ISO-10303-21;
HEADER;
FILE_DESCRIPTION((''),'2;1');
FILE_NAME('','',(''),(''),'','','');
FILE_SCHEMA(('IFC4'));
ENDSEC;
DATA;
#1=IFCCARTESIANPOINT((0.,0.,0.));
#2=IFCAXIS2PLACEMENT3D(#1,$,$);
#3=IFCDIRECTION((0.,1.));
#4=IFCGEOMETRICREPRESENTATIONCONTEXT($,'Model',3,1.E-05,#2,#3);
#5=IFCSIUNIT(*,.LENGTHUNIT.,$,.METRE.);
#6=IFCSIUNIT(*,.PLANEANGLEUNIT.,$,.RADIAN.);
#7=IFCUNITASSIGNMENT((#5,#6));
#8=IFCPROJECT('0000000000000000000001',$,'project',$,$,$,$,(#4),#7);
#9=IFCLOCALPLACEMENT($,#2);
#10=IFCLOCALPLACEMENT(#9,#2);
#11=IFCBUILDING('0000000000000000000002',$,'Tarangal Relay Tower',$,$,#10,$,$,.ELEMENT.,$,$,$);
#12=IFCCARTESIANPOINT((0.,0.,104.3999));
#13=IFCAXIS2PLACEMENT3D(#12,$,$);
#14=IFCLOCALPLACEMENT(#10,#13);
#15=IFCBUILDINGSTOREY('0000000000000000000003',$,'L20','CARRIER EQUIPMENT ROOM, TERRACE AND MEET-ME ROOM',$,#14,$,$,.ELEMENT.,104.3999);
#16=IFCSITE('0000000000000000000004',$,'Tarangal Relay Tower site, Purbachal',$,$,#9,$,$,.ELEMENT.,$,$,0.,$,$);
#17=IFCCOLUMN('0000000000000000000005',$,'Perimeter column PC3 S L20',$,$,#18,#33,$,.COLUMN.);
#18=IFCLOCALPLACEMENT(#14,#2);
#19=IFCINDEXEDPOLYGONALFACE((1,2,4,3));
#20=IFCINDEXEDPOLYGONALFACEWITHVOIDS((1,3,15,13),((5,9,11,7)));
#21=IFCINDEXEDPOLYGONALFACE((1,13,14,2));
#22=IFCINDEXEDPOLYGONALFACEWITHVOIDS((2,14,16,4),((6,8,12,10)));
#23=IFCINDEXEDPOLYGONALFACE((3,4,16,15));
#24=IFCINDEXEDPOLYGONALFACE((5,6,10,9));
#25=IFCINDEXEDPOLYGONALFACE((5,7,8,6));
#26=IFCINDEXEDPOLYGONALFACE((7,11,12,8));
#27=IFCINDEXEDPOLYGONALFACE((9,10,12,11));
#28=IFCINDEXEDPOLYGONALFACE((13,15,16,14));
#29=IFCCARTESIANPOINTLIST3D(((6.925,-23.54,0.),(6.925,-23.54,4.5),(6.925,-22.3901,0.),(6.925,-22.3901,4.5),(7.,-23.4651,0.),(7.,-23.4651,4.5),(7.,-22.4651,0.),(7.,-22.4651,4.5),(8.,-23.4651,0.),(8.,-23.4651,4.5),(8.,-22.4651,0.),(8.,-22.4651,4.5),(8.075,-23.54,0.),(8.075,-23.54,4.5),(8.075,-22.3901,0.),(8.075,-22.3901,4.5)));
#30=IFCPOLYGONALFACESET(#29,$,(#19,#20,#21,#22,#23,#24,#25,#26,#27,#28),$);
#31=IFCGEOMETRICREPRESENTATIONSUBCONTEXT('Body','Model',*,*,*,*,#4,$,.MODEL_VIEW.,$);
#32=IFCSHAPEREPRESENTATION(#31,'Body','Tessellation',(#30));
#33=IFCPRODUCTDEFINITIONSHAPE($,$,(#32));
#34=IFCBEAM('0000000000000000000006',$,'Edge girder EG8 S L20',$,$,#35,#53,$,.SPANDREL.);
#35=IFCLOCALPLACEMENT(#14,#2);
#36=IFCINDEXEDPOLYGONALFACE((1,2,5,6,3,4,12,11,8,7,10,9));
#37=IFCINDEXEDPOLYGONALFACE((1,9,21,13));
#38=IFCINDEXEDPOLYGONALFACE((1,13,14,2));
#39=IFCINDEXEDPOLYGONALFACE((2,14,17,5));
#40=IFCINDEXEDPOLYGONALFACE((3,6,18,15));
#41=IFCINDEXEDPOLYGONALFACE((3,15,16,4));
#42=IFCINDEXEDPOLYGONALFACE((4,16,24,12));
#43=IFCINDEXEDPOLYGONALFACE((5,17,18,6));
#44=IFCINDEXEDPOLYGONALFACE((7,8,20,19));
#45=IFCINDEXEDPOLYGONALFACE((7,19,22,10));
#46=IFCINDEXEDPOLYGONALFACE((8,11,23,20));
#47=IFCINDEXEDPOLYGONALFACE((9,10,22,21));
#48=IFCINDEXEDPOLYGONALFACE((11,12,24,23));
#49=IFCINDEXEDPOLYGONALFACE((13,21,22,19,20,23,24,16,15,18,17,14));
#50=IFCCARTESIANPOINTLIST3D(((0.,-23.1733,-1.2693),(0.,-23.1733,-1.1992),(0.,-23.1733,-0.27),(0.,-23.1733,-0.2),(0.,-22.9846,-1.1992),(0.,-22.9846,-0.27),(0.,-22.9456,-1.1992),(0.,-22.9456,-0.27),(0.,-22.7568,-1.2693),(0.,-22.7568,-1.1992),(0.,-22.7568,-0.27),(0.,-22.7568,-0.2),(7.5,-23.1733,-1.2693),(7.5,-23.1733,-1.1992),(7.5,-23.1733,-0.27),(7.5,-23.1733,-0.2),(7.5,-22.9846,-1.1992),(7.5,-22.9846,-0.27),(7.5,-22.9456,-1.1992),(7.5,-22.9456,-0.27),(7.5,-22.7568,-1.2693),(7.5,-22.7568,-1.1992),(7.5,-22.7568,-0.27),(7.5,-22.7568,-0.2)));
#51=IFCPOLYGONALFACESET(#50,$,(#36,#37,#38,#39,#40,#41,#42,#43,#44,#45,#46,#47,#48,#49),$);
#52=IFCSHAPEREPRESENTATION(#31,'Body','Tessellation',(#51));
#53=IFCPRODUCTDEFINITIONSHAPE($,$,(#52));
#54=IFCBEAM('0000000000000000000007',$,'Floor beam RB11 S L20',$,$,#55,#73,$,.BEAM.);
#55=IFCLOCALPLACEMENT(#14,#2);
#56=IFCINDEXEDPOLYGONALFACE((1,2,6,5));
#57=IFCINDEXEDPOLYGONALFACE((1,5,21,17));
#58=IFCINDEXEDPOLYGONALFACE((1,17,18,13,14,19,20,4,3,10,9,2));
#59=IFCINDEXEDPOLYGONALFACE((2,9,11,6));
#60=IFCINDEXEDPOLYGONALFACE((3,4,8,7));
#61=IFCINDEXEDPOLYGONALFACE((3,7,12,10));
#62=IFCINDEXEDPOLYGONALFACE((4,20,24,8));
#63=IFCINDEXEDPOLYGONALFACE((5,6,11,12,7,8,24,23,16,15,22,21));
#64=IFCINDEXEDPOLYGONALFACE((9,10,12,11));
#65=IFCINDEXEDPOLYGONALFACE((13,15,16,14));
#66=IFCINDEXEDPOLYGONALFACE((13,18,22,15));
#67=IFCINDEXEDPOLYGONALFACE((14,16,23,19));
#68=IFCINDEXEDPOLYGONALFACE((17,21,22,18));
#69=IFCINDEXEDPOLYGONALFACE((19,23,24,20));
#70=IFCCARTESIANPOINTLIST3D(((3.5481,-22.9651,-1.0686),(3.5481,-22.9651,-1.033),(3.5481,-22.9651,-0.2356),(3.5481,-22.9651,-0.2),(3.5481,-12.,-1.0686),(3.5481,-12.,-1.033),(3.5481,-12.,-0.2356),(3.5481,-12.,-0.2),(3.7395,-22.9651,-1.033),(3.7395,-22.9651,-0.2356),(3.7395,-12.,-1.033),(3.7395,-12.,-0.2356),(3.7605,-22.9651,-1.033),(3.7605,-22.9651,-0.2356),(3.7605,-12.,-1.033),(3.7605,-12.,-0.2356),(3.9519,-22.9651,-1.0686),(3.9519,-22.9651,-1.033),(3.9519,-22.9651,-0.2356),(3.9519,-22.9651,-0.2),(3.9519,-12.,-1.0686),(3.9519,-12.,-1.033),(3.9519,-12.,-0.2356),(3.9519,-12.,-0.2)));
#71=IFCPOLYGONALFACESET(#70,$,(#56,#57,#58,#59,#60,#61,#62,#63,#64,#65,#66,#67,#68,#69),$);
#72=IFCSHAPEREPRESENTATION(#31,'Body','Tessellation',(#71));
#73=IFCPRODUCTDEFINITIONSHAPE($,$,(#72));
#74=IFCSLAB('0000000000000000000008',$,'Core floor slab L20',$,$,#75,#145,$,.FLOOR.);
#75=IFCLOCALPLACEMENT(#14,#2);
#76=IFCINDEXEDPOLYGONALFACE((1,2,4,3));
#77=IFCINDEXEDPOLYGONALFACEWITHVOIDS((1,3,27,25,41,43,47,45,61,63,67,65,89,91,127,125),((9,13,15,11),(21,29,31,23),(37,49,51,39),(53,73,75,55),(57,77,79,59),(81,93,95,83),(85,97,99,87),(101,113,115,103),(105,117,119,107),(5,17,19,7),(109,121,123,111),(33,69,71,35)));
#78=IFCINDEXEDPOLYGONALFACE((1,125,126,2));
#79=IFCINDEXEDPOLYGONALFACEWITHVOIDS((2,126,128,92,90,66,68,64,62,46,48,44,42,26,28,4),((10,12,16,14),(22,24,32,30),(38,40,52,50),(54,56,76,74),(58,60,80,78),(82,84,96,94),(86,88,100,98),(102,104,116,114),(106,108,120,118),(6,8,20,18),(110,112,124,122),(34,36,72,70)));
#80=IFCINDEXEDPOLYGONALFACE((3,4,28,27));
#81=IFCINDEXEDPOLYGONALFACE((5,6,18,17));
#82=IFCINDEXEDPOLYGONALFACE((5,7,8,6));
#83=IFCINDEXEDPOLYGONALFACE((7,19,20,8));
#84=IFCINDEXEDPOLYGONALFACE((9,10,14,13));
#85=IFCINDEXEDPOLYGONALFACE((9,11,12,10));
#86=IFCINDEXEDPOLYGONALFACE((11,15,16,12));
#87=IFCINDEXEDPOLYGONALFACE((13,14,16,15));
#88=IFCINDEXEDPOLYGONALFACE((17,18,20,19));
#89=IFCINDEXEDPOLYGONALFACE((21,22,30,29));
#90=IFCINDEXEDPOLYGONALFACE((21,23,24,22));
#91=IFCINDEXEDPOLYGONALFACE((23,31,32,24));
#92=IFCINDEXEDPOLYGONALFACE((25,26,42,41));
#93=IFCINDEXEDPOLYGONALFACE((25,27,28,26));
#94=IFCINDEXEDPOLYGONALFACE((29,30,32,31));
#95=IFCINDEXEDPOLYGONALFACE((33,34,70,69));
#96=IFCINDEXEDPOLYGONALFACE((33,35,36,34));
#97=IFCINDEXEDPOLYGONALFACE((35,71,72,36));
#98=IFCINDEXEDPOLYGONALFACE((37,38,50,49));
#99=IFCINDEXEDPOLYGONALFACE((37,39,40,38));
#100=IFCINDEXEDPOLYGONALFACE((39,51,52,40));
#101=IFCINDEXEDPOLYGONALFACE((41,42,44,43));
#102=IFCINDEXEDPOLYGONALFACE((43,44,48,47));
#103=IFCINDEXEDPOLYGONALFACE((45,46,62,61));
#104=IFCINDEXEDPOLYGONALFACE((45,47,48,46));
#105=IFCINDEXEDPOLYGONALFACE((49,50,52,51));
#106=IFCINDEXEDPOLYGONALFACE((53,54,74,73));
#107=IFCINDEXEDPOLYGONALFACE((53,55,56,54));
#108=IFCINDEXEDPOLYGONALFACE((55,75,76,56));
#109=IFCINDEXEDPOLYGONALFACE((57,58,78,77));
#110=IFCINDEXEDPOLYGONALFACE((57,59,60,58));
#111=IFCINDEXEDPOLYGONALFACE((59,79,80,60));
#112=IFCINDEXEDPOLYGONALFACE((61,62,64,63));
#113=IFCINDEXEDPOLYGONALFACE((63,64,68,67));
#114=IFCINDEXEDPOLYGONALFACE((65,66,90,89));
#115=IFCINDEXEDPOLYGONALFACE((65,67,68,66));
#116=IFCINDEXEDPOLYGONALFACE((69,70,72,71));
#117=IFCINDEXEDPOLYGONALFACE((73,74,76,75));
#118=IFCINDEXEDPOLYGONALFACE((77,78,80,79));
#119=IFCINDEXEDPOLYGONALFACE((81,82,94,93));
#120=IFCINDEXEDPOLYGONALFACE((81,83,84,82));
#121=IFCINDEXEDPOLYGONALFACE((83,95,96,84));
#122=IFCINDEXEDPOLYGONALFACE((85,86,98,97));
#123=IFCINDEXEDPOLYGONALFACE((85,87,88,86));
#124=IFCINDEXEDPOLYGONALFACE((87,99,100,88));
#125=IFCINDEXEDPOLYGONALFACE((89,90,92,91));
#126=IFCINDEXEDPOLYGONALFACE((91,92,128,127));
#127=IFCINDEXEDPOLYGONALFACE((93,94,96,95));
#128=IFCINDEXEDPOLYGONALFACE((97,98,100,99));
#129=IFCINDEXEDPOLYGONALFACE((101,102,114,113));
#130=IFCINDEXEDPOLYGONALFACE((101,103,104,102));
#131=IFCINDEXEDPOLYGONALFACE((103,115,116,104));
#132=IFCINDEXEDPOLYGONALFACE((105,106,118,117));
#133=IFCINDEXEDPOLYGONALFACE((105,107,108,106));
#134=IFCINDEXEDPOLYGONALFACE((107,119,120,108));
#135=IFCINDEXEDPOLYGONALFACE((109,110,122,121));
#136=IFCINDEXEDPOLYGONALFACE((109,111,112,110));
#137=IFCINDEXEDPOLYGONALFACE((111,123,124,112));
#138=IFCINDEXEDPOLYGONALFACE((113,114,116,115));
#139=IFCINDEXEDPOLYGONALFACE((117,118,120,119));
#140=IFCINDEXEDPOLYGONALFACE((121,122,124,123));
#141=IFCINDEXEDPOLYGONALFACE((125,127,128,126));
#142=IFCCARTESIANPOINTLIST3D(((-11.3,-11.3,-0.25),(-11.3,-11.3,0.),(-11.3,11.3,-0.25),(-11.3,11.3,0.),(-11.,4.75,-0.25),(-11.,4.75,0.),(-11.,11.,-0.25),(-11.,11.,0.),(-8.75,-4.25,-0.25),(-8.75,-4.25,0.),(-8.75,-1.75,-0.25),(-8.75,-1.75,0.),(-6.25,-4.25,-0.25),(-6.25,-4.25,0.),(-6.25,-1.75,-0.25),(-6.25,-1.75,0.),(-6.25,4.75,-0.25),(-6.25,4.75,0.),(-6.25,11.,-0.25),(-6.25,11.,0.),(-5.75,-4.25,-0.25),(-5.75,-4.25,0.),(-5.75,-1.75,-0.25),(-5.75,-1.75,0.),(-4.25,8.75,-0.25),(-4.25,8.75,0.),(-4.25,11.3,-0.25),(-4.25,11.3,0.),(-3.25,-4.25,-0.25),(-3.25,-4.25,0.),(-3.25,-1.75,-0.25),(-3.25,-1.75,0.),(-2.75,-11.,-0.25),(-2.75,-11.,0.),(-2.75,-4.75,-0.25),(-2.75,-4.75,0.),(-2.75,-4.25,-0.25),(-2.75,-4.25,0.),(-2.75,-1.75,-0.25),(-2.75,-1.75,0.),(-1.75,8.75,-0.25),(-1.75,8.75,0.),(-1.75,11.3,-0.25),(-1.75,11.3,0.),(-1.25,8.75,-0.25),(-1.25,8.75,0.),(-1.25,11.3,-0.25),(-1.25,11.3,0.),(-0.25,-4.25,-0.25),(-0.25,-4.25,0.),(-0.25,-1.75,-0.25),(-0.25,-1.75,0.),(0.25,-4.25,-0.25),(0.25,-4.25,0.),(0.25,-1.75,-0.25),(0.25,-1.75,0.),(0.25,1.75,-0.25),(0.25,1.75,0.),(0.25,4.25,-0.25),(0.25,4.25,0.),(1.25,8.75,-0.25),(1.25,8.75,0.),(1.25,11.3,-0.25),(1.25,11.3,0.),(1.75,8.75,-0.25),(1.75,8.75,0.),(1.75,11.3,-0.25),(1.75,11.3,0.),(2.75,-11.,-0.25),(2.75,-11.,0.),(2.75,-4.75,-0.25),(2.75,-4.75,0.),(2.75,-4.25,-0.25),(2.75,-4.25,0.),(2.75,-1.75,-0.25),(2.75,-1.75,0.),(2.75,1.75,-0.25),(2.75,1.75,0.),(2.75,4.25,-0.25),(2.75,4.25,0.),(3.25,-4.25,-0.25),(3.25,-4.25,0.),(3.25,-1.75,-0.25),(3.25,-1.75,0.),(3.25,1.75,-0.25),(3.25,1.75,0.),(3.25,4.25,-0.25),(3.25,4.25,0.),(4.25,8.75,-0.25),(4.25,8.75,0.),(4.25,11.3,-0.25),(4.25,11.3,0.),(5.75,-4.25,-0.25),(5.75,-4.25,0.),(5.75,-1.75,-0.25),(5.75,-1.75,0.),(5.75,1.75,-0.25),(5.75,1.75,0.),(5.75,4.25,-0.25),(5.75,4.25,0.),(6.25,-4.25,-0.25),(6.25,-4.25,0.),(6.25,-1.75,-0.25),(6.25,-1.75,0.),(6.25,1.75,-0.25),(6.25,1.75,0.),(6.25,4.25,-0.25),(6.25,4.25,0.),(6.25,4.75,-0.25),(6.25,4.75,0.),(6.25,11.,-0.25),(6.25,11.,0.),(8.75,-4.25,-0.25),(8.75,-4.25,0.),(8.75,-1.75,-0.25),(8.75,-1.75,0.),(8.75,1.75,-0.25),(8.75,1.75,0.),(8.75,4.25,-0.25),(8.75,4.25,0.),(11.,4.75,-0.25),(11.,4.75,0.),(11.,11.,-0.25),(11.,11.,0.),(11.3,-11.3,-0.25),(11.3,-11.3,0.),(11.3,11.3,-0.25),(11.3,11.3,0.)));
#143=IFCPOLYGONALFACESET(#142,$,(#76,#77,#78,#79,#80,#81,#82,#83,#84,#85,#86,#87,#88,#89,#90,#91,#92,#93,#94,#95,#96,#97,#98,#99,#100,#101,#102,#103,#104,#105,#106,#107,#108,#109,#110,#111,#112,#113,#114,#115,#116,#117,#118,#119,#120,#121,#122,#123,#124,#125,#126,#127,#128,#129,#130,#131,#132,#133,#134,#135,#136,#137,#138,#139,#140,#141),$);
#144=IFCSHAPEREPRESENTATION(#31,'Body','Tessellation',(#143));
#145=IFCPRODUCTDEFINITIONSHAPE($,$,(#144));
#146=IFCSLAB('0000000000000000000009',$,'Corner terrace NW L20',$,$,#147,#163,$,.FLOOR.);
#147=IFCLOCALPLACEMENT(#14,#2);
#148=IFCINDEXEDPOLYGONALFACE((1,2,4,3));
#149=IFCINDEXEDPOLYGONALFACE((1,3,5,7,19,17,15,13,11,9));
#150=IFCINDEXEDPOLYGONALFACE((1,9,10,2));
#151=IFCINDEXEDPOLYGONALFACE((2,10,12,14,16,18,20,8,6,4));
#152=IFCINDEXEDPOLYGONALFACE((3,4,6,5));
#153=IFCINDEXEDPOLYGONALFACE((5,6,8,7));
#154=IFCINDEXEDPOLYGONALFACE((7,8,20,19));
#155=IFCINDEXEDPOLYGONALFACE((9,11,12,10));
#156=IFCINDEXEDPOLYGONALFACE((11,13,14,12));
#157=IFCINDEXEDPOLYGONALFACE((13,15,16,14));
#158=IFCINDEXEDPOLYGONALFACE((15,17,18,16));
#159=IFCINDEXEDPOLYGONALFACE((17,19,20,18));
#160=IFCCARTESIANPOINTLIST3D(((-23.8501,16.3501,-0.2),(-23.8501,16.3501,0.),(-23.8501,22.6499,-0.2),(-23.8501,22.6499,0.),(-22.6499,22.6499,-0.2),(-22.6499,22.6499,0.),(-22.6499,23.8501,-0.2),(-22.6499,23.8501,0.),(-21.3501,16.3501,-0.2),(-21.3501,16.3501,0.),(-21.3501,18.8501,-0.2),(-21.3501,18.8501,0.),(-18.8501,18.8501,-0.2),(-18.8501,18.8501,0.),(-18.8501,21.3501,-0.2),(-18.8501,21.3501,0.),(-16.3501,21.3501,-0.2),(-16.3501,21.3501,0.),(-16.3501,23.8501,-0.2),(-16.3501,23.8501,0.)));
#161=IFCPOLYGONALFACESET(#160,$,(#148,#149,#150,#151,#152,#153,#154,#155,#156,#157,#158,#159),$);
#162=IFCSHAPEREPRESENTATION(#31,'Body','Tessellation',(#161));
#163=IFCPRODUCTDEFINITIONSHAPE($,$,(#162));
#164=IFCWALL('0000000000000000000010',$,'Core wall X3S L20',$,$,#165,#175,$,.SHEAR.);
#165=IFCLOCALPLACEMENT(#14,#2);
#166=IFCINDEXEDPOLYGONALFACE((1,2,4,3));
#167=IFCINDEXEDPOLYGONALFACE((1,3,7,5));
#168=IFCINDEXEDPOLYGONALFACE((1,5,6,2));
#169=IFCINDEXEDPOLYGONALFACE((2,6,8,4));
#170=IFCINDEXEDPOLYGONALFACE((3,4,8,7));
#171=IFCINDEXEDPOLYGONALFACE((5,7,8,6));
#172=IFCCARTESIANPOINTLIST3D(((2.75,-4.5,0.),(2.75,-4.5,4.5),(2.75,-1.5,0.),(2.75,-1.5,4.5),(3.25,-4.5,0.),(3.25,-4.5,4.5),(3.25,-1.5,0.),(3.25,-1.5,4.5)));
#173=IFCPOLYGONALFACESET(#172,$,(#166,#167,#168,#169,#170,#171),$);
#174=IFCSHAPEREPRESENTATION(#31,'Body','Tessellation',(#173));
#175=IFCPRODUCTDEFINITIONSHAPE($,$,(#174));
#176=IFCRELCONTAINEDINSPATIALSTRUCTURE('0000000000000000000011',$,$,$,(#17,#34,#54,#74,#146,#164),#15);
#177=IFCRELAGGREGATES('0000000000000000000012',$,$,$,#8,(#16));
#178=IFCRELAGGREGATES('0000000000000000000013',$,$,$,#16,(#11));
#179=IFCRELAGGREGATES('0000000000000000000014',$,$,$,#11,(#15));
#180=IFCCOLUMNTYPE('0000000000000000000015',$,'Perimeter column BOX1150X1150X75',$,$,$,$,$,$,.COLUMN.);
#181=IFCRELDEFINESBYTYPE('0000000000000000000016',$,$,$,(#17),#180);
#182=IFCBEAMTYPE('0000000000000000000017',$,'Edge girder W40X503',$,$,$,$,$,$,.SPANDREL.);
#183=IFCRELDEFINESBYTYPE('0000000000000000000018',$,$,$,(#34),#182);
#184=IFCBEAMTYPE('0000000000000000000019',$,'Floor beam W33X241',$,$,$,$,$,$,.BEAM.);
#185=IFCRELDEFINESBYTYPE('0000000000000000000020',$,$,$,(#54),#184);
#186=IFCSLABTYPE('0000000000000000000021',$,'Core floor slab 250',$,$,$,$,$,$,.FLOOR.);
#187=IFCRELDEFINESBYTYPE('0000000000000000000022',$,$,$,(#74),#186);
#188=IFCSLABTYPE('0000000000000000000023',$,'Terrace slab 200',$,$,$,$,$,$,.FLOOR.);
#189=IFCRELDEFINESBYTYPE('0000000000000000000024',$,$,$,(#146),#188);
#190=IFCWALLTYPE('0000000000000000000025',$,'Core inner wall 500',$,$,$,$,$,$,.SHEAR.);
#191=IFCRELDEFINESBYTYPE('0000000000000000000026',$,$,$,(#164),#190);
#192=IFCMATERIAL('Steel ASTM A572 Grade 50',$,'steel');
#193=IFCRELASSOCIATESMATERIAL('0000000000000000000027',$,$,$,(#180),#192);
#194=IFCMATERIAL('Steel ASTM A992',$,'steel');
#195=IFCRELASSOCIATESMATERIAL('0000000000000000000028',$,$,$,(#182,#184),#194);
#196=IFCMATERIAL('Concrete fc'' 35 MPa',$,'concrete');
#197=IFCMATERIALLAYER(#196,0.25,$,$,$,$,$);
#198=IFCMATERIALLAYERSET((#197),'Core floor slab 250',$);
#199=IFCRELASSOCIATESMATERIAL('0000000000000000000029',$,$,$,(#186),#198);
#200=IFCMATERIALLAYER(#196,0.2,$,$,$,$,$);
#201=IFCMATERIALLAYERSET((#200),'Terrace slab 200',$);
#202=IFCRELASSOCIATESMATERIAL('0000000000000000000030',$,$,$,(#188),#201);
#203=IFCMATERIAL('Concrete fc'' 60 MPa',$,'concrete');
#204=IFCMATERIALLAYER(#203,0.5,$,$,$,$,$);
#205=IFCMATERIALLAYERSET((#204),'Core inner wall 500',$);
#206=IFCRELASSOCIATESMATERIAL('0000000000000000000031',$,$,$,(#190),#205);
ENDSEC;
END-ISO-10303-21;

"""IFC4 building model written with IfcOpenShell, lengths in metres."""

from ifc_helpers import new_model, si_unit, direction, frame, frame_2d, origin, origin_2d, place, context, subcontext, project, spatial, polyline, rectangle, hollow_rectangle, i_section, outline, extrude, material, layer, layer_set, material_profile, profile_set, type_object, element, save


model = new_model("IFC4")

# Units and contexts
model_context = context("Model", 3, precision=1e-05, world=origin(), true_north=direction((0.0, 1.0)))
body_context = subcontext(model_context, "Body", "Model", "MODEL_VIEW")
ifc_project = project(units=[si_unit("LENGTHUNIT", "METRE"), si_unit("PLANEANGLEUNIT", "RADIAN")], contexts=[model_context])

# Site, building, storey
site_placement = place(None, origin())
site = spatial("IfcSite", under=ifc_project, at=site_placement, Name="Tarangal Relay Tower site, Purbachal", CompositionType="ELEMENT", RefElevation=0.0)
building_placement = place(site_placement, origin())
building = spatial("IfcBuilding", under=site, at=building_placement, Name="Tarangal Relay Tower", CompositionType="ELEMENT")
storey_placement = place(building_placement, frame((0.0, 0.0, 104.3999)))
storey = spatial("IfcBuildingStorey", under=building, at=storey_placement, Name="L20", Description="CARRIER EQUIPMENT ROOM, TERRACE AND MEET-ME ROOM", CompositionType="ELEMENT", Elevation=104.3999)

# Column
ifc_material_1 = material(Name="Steel ASTM A572 Grade 50", Category="steel")
ifc_material_profile_1 = material_profile(ifc_material_1, hollow_rectangle(XDim=1.1499, YDim=1.1499, WallThickness=0.075, at=origin_2d()), Name="BOX1150X1150X75")
ifc_profile_set_1 = profile_set([ifc_material_profile_1], Name="Steel ASTM A572 Grade 50")
column_type = type_object("IfcColumnType", Name="Perimeter column BOX1150X1150X75", PredefinedType="COLUMN", material=ifc_profile_set_1)
column_placement = place(storey_placement, frame((7.5, -22.9651, 0.0), z_axis=(0.0, 0.0, 1.0), x_axis=(1.0, 0.0, 0.0)))
element("IfcColumn", 1, at=column_placement, inside=storey, type_object=column_type, Name="Perimeter column PC3 S L20", PredefinedType="COLUMN", context=body_context, shape_type="SweptSolid", body=[
    extrude(hollow_rectangle(XDim=1.1499, YDim=1.1499, WallThickness=0.075, at=origin_2d()), origin(), (0.0, 0.0, 1.0), 4.5),
])

# Beams
ifc_material_2 = material(Name="Steel ASTM A992", Category="steel")
ifc_material_profile_2 = material_profile(ifc_material_2, i_section(OverallWidth=0.4165, OverallDepth=1.0693, WebThickness=0.0391, FlangeThickness=0.0701, at=origin_2d()), Name="W40X503")
ifc_profile_set_2 = profile_set([ifc_material_profile_2], Name="Steel ASTM A992")
beam_type_1 = type_object("IfcBeamType", Name="Edge girder W40X503", PredefinedType="SPANDREL", material=ifc_profile_set_2)
beam_1_placement = place(storey_placement, frame((7.5, -22.9651, -0.7346), z_axis=(-1.0, 0.0, 0.0), x_axis=(0.0, -1.0, 0.0)))
element("IfcBeam", 2, at=beam_1_placement, inside=storey, type_object=beam_type_1, Name="Edge girder EG8 S L20", PredefinedType="SPANDREL", context=body_context, shape_type="SweptSolid", body=[
    extrude(i_section(OverallWidth=0.4165, OverallDepth=1.0693, WebThickness=0.0391, FlangeThickness=0.0701, at=origin_2d()), origin(), (0.0, 0.0, 1.0), 7.5),
])
ifc_material_profile_3 = material_profile(ifc_material_2, i_section(OverallWidth=0.4038, OverallDepth=0.8687, WebThickness=0.021, FlangeThickness=0.0356, at=origin_2d()), Name="W33X241")
ifc_profile_set_3 = profile_set([ifc_material_profile_3], Name="Steel ASTM A992")
beam_type_2 = type_object("IfcBeamType", Name="Floor beam W33X241", PredefinedType="BEAM", material=ifc_profile_set_3)
beam_2_placement = place(storey_placement, frame((3.75, -12.0, -0.6343), z_axis=(0.0, -1.0, 0.0), x_axis=(1.0, 0.0, 0.0)))
element("IfcBeam", 3, at=beam_2_placement, inside=storey, type_object=beam_type_2, Name="Floor beam RB11 S L20", PredefinedType="BEAM", context=body_context, shape_type="SweptSolid", body=[
    extrude(i_section(OverallWidth=0.4038, OverallDepth=0.8687, WebThickness=0.021, FlangeThickness=0.0356, at=origin_2d()), origin(), (0.0, 0.0, 1.0), 10.9651),
])

# Slabs
ifc_material_3 = material(Name="Concrete fc' 35 MPa", Category="concrete")
ifc_layer_1 = layer(ifc_material_3, 0.25)
ifc_layer_set_1 = layer_set([ifc_layer_1], Name="Core floor slab 250")
slab_type_1 = type_object("IfcSlabType", Name="Core floor slab 250", PredefinedType="FLOOR", material=ifc_layer_set_1)
slab_1_placement = place(storey_placement, frame((0.0, 0.0, -0.25)))
element("IfcSlab", 4, at=slab_1_placement, inside=storey, type_object=slab_type_1, Name="Core floor slab L20", PredefinedType="FLOOR", context=body_context, shape_type="SweptSolid", body=[
    extrude(outline(polyline([(11.3, 11.3), (11.3, -11.3), (-11.3, -11.3), (-11.3, 11.3), (-4.25, 11.3), (-4.25, 8.75), (-1.75, 8.75), (-1.75, 11.3), (-1.25, 11.3), (-1.25, 8.75), (1.25, 8.75), (1.25, 11.3), (1.75, 11.3), (1.75, 8.75), (4.25, 8.75), (4.25, 11.3), (11.3, 11.3)]), holes=[polyline([(2.75, -4.75), (-2.75, -4.75), (-2.75, -11.0), (2.75, -11.0), (2.75, -4.75)]), polyline([(-6.25, -4.25), (-6.25, -1.75), (-8.75, -1.75), (-8.75, -4.25), (-6.25, -4.25)]), polyline([(-3.25, -4.25), (-3.25, -1.75), (-5.75, -1.75), (-5.75, -4.25), (-3.25, -4.25)]), polyline([(-0.25, -4.25), (-0.25, -1.75), (-2.75, -1.75), (-2.75, -4.25), (-0.25, -4.25)]), polyline([(2.75, 1.75), (2.75, 4.25), (0.25, 4.25), (0.25, 1.75), (2.75, 1.75)]), polyline([(-6.25, 4.75), (-6.25, 11.0), (-11.0, 11.0), (-11.0, 4.75), (-6.25, 4.75)]), polyline([(2.75, -4.25), (2.75, -1.75), (0.25, -1.75), (0.25, -4.25), (2.75, -4.25)]), polyline([(5.75, -4.25), (5.75, -1.75), (3.25, -1.75), (3.25, -4.25), (5.75, -4.25)]), polyline([(8.75, -4.25), (8.75, -1.75), (6.25, -1.75), (6.25, -4.25), (8.75, -4.25)]), polyline([(5.75, 1.75), (5.75, 4.25), (3.25, 4.25), (3.25, 1.75), (5.75, 1.75)]), polyline([(8.75, 1.75), (8.75, 4.25), (6.25, 4.25), (6.25, 1.75), (8.75, 1.75)]), polyline([(11.0, 4.75), (11.0, 11.0), (6.25, 11.0), (6.25, 4.75), (11.0, 4.75)])]), origin(), (0.0, 0.0, 1.0), 0.25),
])
ifc_layer_2 = layer(ifc_material_3, 0.2)
ifc_layer_set_2 = layer_set([ifc_layer_2], Name="Terrace slab 200")
slab_type_2 = type_object("IfcSlabType", Name="Terrace slab 200", PredefinedType="FLOOR", material=ifc_layer_set_2)
slab_2_placement = place(storey_placement, frame((0.0, 0.0, -0.2)))
element("IfcSlab", 5, at=slab_2_placement, inside=storey, type_object=slab_type_2, Name="Corner terrace NW L20", PredefinedType="FLOOR", context=body_context, shape_type="SweptSolid", body=[
    extrude(outline(polyline([(-23.8501, 16.3501), (-21.3501, 16.3501), (-21.3501, 18.8501), (-18.8501, 18.8501), (-18.8501, 21.3501), (-16.3501, 21.3501), (-16.3501, 23.8501), (-22.6499, 23.8501), (-22.6499, 22.6499), (-23.8501, 22.6499), (-23.8501, 16.3501)])), origin(), (0.0, 0.0, 1.0), 0.2),
])

# Wall
ifc_material_4 = material(Name="Concrete fc' 60 MPa", Category="concrete")
ifc_layer_3 = layer(ifc_material_4, 0.5)
ifc_layer_set_3 = layer_set([ifc_layer_3], Name="Core inner wall 500")
wall_type_1 = type_object("IfcWallType", Name="Core inner wall 500", PredefinedType="SHEAR", material=ifc_layer_set_3)
for number, where, z_axis, x_axis, name in (
    (6, (3.0, -4.5, 0.0), (0.0, 0.0, 1.0), (0.0, 1.0, 0.0), "Core wall X3S L20"),
):
    element("IfcWall", number, at=place(storey_placement, frame(where, z_axis=z_axis, x_axis=x_axis)), inside=storey, type_object=wall_type_1, Name=name, PredefinedType="SHEAR", context=body_context, shape_type="SweptSolid", body=[
        extrude(rectangle(XDim=3.0, YDim=0.5, at=frame_2d((1.5, 0.0))), origin(), (0.0, 0.0, 1.0), 4.5),
    ])

save(model, "model.ifc")
